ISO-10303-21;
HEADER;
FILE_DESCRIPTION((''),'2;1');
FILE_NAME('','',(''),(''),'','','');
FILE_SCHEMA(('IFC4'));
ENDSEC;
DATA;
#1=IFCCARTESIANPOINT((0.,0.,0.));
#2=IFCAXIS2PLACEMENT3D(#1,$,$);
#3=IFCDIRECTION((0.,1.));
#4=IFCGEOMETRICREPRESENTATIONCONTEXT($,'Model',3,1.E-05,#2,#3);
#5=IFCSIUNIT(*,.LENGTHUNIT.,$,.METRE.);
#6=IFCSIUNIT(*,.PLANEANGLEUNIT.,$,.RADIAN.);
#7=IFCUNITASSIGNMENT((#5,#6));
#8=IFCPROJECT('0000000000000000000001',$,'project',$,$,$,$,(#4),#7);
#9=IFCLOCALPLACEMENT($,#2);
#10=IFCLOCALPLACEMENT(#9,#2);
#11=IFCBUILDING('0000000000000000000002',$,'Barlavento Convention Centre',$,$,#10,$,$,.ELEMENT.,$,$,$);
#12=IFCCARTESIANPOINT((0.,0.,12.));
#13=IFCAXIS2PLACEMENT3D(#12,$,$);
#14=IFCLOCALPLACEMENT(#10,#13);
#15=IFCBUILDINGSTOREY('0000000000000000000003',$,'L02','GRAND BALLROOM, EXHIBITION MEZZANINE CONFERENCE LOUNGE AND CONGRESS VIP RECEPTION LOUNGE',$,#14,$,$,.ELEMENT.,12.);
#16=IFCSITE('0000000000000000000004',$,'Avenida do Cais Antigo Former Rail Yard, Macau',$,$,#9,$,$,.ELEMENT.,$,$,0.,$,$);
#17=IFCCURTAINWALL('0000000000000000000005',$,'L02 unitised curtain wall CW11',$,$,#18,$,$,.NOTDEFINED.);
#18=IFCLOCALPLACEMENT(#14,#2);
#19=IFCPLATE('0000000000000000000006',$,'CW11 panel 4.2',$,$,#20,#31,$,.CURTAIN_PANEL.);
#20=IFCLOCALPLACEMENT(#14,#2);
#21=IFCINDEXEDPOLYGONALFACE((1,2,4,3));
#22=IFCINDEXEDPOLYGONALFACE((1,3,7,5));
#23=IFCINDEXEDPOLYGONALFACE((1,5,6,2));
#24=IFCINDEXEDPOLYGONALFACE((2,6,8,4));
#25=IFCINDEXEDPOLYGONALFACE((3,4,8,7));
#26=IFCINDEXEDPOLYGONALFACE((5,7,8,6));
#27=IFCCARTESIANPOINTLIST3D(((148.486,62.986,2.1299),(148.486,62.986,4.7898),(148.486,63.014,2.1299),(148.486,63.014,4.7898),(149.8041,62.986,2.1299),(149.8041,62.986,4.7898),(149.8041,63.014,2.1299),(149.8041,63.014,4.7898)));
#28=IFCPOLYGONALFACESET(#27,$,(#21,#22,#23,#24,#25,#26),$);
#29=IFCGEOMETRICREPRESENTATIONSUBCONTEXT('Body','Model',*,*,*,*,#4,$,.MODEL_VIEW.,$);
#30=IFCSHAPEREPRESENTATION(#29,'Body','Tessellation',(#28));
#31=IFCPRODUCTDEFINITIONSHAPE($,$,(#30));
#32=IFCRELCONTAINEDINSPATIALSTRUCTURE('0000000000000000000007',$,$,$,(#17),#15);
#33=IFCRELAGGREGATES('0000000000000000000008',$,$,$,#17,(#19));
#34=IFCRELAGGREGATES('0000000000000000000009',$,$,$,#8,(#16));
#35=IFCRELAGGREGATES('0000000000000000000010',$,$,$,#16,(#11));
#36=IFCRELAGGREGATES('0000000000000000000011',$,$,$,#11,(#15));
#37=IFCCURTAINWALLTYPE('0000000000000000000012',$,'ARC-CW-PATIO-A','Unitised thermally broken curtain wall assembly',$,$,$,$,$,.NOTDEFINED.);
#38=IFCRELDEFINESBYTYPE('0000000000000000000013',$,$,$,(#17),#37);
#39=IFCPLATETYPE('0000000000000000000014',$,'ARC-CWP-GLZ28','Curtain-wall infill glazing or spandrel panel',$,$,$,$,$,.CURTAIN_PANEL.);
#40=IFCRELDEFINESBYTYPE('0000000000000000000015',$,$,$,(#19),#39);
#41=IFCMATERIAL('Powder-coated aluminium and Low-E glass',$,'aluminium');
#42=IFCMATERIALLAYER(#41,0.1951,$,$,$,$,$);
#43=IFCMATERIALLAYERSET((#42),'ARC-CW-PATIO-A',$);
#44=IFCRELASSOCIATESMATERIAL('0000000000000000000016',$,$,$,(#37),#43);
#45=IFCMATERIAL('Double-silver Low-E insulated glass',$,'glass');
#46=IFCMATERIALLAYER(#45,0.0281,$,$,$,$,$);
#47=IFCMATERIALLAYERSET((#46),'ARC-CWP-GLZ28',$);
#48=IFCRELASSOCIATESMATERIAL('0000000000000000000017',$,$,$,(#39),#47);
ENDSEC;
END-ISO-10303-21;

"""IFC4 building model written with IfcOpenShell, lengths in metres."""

from ifc_helpers import new_model, si_unit, direction, frame, origin, origin_2d, place, context, subcontext, project, spatial, rectangle, extrude, material, layer, layer_set, type_object, element, aggregate, save


model = new_model("IFC4")

# Units and contexts
model_context = context("Model", 3, precision=1e-05, world=origin(), true_north=direction((0.0, 1.0)))
body_context = subcontext(model_context, "Body", "Model", "MODEL_VIEW")
ifc_project = project(units=[si_unit("LENGTHUNIT", "METRE"), si_unit("PLANEANGLEUNIT", "RADIAN")], contexts=[model_context])

# Site, building, storey
site_placement = place(None, origin())
site = spatial("IfcSite", under=ifc_project, at=site_placement, Name="Avenida do Cais Antigo Former Rail Yard, Macau", CompositionType="ELEMENT", RefElevation=0.0)
building_placement = place(site_placement, origin())
building = spatial("IfcBuilding", under=site, at=building_placement, Name="Barlavento Convention Centre", CompositionType="ELEMENT")
storey_placement = place(building_placement, frame((0.0, 0.0, 12.0)))
storey = spatial("IfcBuildingStorey", under=building, at=storey_placement, Name="L02", Description="GRAND BALLROOM, EXHIBITION MEZZANINE CONFERENCE LOUNGE AND CONGRESS VIP RECEPTION LOUNGE", CompositionType="ELEMENT", Elevation=12.0)

# Curtain wall
ifc_material_1 = material(Name="Powder-coated aluminium and Low-E glass", Category="aluminium")
ifc_layer_1 = layer(ifc_material_1, 0.1951)
ifc_layer_set_1 = layer_set([ifc_layer_1], Name="ARC-CW-PATIO-A")
curtain_wall_type = type_object("IfcCurtainWallType", Name="ARC-CW-PATIO-A", Description="Unitised thermally broken curtain wall assembly", PredefinedType="NOTDEFINED", material=ifc_layer_set_1)
curtain_wall_placement = place(storey_placement, origin())
curtain_wall = element("IfcCurtainWall", 1, at=curtain_wall_placement, inside=storey, type_object=curtain_wall_type, Name="L02 unitised curtain wall CW11", PredefinedType="NOTDEFINED")

# Plate
ifc_material_2 = material(Name="Double-silver Low-E insulated glass", Category="glass")
ifc_layer_2 = layer(ifc_material_2, 0.0281)
ifc_layer_set_2 = layer_set([ifc_layer_2], Name="ARC-CWP-GLZ28")
plate_type = type_object("IfcPlateType", Name="ARC-CWP-GLZ28", Description="Curtain-wall infill glazing or spandrel panel", PredefinedType="CURTAIN_PANEL", material=ifc_layer_set_2)
plate_1_placement = place(storey_placement, frame((149.145, 63.0, 2.1299), z_axis=(0.0, 0.0, 1.0), x_axis=(1.0, 0.0, 0.0)))
plate_1 = element("IfcPlate", 2, at=plate_1_placement, type_object=plate_type, Name="CW11 panel 4.2", PredefinedType="CURTAIN_PANEL", context=body_context, shape_type="SweptSolid", body=[
    extrude(rectangle(XDim=1.3181, YDim=0.0281, at=origin_2d()), origin(), (0.0, 0.0, 1.0), 2.6599),
])
aggregate(curtain_wall, [plate_1])

save(model, "model.ifc")
